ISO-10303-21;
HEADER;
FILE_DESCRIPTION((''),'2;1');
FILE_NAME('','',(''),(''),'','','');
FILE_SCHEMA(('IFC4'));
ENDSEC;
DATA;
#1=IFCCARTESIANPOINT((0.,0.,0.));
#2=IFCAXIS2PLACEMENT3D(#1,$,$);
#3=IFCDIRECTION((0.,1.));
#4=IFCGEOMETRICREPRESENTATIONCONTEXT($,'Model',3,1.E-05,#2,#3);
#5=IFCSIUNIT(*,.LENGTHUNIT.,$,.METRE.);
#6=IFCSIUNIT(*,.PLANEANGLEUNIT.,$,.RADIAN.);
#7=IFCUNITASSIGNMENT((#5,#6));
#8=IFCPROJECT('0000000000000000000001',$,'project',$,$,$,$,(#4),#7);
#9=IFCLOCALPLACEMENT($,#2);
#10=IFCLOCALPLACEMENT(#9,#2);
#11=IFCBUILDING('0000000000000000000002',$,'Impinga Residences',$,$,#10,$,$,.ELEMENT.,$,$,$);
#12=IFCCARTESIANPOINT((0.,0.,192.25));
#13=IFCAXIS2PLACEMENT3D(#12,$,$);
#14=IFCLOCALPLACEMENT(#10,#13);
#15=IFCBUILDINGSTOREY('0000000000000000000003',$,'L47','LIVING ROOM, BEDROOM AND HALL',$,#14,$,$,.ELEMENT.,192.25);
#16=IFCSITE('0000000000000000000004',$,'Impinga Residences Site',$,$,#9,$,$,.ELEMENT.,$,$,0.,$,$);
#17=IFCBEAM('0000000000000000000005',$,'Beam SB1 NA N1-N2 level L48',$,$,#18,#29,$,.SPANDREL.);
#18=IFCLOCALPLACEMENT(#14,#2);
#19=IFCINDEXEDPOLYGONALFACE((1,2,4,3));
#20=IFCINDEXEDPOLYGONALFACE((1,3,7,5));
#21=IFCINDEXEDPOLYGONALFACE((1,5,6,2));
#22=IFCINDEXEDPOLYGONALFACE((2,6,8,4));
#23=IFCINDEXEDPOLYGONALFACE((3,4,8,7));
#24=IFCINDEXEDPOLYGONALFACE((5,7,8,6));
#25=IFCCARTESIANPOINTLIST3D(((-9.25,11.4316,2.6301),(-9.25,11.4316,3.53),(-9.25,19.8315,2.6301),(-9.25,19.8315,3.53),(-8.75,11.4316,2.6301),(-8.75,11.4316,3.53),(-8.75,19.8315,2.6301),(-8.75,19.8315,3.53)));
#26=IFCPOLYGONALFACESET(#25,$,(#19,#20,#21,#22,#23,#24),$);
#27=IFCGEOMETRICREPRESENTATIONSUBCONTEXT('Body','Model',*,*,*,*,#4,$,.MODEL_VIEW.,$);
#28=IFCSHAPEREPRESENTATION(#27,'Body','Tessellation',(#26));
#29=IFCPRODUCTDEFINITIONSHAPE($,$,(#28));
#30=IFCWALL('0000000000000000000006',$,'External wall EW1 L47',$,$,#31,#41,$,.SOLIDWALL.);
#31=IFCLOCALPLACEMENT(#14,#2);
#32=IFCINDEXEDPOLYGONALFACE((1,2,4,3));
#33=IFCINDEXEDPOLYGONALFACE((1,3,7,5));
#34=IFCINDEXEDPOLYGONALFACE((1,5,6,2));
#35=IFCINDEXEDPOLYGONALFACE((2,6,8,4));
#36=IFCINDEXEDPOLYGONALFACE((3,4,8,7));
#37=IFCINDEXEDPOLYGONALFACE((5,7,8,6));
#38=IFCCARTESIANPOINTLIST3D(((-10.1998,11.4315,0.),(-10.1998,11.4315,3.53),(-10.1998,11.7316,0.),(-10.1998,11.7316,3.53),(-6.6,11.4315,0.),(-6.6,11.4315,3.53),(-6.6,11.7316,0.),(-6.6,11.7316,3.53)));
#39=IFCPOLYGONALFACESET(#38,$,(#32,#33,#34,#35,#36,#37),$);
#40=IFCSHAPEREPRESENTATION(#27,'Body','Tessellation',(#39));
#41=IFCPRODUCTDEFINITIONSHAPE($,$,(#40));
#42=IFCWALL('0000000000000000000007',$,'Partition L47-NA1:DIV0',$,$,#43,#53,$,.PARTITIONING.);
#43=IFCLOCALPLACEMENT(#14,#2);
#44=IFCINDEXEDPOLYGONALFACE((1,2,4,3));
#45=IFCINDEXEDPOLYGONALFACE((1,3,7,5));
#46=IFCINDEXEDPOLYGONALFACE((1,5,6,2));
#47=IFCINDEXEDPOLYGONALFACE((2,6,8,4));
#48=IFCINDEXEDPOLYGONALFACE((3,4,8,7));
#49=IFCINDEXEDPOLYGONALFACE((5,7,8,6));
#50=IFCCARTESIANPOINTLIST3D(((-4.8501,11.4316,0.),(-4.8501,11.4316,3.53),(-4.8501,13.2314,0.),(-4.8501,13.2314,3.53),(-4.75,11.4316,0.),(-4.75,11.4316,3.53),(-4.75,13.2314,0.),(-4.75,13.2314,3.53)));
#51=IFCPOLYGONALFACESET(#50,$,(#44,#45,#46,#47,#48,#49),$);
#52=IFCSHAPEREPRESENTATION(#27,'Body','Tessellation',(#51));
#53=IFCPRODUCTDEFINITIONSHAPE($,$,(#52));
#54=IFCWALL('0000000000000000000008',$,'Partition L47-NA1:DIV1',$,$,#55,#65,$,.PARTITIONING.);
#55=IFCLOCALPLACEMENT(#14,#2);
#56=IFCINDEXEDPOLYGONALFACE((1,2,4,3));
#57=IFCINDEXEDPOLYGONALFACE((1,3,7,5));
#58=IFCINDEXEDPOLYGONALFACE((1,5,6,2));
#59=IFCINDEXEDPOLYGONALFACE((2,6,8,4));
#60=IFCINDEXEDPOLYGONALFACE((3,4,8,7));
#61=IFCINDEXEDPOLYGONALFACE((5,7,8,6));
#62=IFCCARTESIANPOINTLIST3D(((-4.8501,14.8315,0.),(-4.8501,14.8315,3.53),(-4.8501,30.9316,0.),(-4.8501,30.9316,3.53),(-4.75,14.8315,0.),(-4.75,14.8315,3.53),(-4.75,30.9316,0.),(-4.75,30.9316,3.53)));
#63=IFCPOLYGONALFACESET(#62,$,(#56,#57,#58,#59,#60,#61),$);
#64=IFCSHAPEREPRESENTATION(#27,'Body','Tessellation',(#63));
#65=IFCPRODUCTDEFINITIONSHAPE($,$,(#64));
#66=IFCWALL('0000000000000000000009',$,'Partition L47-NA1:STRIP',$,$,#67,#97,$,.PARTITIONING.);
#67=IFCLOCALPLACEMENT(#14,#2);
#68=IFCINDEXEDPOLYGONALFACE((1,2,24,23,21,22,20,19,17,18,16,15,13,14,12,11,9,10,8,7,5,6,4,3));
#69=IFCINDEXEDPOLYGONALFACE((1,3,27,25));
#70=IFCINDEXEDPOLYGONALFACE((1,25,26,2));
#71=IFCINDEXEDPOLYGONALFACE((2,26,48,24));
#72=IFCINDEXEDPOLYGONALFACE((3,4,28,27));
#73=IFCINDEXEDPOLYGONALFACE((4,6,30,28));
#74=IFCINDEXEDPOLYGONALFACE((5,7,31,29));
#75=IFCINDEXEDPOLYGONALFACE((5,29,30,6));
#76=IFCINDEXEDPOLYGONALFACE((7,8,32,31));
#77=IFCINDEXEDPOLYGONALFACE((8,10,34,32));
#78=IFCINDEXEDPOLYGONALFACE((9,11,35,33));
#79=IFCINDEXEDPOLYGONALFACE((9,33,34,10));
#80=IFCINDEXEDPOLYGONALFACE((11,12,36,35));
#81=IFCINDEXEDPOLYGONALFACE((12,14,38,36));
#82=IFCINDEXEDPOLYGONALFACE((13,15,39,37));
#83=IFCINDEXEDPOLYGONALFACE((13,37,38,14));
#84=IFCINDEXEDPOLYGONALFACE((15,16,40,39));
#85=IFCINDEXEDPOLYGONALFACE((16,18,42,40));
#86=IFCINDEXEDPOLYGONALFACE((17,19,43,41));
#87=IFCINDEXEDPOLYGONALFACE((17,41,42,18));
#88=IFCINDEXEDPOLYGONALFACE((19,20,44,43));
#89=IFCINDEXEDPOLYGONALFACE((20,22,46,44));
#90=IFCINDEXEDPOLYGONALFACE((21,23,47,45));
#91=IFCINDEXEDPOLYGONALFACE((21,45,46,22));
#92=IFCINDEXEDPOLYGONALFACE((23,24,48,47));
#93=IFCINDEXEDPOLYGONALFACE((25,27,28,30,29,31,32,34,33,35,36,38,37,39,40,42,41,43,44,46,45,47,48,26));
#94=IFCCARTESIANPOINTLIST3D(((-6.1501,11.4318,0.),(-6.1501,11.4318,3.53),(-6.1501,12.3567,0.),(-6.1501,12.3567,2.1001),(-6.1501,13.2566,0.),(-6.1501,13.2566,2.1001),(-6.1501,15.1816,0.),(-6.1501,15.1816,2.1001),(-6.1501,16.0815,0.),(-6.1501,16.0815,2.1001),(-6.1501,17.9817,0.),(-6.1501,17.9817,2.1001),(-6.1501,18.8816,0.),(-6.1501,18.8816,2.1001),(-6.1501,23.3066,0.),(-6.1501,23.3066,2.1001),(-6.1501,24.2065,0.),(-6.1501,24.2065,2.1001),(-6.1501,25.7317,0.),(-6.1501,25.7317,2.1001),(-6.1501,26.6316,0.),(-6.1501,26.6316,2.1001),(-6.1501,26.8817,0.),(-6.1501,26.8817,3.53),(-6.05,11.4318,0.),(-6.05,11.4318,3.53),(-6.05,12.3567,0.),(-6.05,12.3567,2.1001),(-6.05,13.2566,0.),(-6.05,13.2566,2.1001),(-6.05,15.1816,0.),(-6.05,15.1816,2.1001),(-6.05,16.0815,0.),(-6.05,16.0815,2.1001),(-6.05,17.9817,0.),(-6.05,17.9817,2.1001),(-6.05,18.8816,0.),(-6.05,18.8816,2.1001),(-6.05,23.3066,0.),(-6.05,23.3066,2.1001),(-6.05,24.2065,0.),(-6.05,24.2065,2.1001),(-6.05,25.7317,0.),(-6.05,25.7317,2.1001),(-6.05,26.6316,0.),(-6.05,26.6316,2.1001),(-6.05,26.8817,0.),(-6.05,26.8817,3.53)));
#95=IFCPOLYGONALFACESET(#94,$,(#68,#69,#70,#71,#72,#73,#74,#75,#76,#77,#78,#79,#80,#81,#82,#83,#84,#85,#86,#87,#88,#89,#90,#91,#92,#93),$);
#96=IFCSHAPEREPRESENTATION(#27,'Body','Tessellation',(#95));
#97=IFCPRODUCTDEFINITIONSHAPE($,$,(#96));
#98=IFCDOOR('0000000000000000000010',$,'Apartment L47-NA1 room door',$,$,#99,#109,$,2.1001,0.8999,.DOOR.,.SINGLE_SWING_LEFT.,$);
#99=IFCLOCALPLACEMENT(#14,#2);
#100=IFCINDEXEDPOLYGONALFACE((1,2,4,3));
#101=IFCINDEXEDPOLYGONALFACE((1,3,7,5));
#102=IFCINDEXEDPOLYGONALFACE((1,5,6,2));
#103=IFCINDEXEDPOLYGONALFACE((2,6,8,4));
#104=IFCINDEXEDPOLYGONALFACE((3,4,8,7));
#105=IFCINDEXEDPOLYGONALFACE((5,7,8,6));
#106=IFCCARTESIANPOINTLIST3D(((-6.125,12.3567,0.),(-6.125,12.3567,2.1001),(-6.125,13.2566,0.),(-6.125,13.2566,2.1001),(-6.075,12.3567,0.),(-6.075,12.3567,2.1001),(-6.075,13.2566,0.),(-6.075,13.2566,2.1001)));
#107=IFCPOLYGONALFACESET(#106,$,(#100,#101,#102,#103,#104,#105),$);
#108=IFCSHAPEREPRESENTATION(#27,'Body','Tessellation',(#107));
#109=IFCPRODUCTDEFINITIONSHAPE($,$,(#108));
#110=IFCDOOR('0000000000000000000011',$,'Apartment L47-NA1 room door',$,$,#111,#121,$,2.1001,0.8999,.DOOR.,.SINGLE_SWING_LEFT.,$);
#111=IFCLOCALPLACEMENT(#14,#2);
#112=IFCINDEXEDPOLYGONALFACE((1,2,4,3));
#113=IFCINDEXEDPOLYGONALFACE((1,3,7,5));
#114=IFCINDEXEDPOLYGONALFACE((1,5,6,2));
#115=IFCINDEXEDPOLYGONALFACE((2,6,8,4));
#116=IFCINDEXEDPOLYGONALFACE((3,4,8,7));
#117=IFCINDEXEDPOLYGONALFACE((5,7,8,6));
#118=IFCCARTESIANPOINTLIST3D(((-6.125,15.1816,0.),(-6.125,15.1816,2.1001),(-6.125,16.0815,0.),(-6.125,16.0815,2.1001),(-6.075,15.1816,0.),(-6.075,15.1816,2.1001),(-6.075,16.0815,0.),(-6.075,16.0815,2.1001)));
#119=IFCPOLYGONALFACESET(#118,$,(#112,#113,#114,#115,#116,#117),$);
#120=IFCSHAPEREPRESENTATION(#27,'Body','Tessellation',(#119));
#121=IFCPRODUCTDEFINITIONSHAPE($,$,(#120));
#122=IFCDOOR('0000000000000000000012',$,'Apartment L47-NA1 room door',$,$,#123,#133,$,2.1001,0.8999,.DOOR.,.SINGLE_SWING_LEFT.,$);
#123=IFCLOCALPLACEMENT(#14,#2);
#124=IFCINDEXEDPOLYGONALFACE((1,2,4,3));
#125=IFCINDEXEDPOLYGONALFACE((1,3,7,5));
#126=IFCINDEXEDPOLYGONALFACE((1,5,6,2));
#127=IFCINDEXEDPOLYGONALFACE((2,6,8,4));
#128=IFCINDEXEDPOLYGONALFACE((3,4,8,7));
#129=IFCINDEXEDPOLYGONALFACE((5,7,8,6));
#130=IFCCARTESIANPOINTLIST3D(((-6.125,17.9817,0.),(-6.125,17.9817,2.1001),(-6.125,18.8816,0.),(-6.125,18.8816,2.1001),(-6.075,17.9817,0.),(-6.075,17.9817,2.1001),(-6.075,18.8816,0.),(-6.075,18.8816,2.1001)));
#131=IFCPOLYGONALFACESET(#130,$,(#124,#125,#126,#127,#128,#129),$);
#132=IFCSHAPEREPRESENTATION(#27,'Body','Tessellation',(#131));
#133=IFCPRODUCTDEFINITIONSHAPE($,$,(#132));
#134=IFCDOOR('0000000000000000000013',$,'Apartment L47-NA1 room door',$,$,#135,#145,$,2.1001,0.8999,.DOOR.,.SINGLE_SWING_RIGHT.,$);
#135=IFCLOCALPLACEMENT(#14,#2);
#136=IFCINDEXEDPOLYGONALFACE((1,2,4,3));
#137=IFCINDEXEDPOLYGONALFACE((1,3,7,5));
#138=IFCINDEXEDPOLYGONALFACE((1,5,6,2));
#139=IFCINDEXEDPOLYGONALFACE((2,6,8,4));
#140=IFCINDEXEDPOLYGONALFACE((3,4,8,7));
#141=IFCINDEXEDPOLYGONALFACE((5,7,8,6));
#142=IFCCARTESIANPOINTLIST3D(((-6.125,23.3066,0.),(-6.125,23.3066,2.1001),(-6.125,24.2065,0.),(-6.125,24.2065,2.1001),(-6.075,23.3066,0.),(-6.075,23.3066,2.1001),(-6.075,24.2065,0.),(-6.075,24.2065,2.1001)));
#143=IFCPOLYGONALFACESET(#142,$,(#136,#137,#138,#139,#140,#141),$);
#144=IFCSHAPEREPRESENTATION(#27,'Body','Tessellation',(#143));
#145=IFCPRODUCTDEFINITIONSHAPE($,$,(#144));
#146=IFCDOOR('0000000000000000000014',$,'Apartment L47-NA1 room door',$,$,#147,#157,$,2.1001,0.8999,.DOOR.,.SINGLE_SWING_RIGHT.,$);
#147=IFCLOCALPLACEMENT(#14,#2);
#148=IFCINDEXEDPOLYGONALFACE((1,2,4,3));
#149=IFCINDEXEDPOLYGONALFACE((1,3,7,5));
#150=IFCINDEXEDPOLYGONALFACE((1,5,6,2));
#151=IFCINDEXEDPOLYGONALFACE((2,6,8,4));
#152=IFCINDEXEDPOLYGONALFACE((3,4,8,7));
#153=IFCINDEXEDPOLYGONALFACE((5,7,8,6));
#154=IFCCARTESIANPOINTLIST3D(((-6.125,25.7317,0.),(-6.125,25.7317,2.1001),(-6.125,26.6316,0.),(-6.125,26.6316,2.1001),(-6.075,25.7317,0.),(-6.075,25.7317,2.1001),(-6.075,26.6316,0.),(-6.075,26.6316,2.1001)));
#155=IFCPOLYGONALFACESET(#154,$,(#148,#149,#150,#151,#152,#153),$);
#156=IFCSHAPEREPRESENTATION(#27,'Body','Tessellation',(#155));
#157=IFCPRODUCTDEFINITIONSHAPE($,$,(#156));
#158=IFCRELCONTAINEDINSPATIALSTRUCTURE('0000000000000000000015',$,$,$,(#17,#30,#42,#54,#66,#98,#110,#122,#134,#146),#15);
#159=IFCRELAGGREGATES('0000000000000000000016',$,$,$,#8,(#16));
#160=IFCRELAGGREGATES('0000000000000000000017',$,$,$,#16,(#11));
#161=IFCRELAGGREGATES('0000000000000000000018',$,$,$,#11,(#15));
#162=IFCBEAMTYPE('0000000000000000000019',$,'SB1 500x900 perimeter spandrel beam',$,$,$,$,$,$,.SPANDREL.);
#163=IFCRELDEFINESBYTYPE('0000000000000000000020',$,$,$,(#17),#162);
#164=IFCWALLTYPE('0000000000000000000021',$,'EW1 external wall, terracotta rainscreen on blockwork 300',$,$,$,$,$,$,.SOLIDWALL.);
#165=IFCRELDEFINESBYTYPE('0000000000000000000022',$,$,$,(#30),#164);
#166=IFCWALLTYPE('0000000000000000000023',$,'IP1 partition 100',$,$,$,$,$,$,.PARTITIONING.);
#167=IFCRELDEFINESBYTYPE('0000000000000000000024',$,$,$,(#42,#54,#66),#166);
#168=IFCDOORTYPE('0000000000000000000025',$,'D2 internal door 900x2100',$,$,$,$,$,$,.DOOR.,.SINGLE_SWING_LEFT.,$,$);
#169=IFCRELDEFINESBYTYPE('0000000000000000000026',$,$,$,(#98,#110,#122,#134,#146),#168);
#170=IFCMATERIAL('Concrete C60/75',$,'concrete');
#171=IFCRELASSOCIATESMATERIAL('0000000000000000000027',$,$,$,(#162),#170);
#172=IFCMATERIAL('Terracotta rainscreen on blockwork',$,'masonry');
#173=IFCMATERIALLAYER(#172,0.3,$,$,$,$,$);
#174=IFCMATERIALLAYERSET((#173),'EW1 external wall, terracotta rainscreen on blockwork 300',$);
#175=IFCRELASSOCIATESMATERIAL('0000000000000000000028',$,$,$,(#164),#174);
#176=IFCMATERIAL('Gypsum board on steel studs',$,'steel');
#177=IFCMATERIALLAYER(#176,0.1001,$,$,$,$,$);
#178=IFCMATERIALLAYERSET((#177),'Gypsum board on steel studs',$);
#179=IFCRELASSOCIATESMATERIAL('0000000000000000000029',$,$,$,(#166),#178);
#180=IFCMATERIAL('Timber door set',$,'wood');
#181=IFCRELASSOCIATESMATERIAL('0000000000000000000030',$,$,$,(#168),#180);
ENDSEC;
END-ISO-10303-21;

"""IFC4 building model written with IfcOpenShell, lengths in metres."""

from ifc_helpers import new_model, si_unit, direction, frame, frame_2d, origin, origin_2d, place, context, subcontext, project, spatial, rectangle, extrude, material, layer, layer_set, material_profile, profile_set, type_object, element, fill, save


model = new_model("IFC4")

# Units and contexts
model_context = context("Model", 3, precision=1e-05, world=origin(), true_north=direction((0.0, 1.0)))
body_context = subcontext(model_context, "Body", "Model", "MODEL_VIEW")
ifc_project = project(units=[si_unit("LENGTHUNIT", "METRE"), si_unit("PLANEANGLEUNIT", "RADIAN")], contexts=[model_context])

# Site, building, storey
site_placement = place(None, origin())
site = spatial("IfcSite", under=ifc_project, at=site_placement, Name="Impinga Residences Site", CompositionType="ELEMENT", RefElevation=0.0)
building_placement = place(site_placement, origin())
building = spatial("IfcBuilding", under=site, at=building_placement, Name="Impinga Residences", CompositionType="ELEMENT")
storey_placement = place(building_placement, frame((0.0, 0.0, 192.25)))
storey = spatial("IfcBuildingStorey", under=building, at=storey_placement, Name="L47", Description="LIVING ROOM, BEDROOM AND HALL", CompositionType="ELEMENT", Elevation=192.25)

# Beam
ifc_material_1 = material(Name="Concrete C60/75", Category="concrete")
ifc_material_profile = material_profile(ifc_material_1, rectangle(XDim=0.5, YDim=0.8999, at=origin_2d()), Name="RC 500x900")
ifc_profile_set = profile_set([ifc_material_profile], Name="Concrete C60/75")
beam_type = type_object("IfcBeamType", Name="SB1 500x900 perimeter spandrel beam", PredefinedType="SPANDREL", material=ifc_profile_set)
beam_placement = place(storey_placement, frame((-9.0, 11.4316, 3.0801), z_axis=(0.0, 1.0, 0.0), x_axis=(-1.0, 0.0, 0.0)))
element("IfcBeam", 1, at=beam_placement, inside=storey, type_object=beam_type, Name="Beam SB1 NA N1-N2 level L48", PredefinedType="SPANDREL", context=body_context, shape_type="SweptSolid", body=[
    extrude(rectangle(XDim=0.5, YDim=0.8999, at=origin_2d()), origin(), (0.0, 0.0, 1.0), 8.3999),
])

# Walls
ifc_material_2 = material(Name="Terracotta rainscreen on blockwork", Category="masonry")
ifc_layer_1 = layer(ifc_material_2, 0.3)
ifc_layer_set_1 = layer_set([ifc_layer_1], Name="EW1 external wall, terracotta rainscreen on blockwork 300")
wall_type_1 = type_object("IfcWallType", Name="EW1 external wall, terracotta rainscreen on blockwork 300", PredefinedType="SOLIDWALL", material=ifc_layer_set_1)
wall_1_placement = place(storey_placement, frame((-6.6001, 11.5815, 0.0), z_axis=(0.0, 0.0, 1.0), x_axis=(-1.0, 0.0, 0.0)))
element("IfcWall", 2, at=wall_1_placement, inside=storey, type_object=wall_type_1, Name="External wall EW1 L47", PredefinedType="SOLIDWALL", context=body_context, shape_type="SweptSolid", body=[
    extrude(rectangle(XDim=3.5999, YDim=0.3, at=frame_2d((1.7998, 0.0))), origin(), (0.0, 0.0, 1.0), 3.53),
])
ifc_material_3 = material(Name="Gypsum board on steel studs", Category="steel")
ifc_layer_2 = layer(ifc_material_3, 0.1001)
ifc_layer_set_2 = layer_set([ifc_layer_2], Name="Gypsum board on steel studs")
wall_type_2 = type_object("IfcWallType", Name="IP1 partition 100", PredefinedType="PARTITIONING", material=ifc_layer_set_2)
wall_2_placement = place(storey_placement, frame((-4.8, 11.4316, 0.0), z_axis=(0.0, 0.0, 1.0), x_axis=(0.0, 1.0, 0.0)))
element("IfcWall", 3, at=wall_2_placement, inside=storey, type_object=wall_type_2, Name="Partition L47-NA1:DIV0", PredefinedType="PARTITIONING", context=body_context, shape_type="SweptSolid", body=[
    extrude(rectangle(XDim=1.7998, YDim=0.1001, at=frame_2d((0.8999, 0.0))), origin(), (0.0, 0.0, 1.0), 3.53),
])
wall_3_placement = place(storey_placement, frame((-4.8, 14.8315, 0.0), z_axis=(0.0, 0.0, 1.0), x_axis=(0.0, 1.0, 0.0)))
element("IfcWall", 4, at=wall_3_placement, inside=storey, type_object=wall_type_2, Name="Partition L47-NA1:DIV1", PredefinedType="PARTITIONING", context=body_context, shape_type="SweptSolid", body=[
    extrude(rectangle(XDim=16.1001, YDim=0.1001, at=frame_2d((8.05, 0.0))), origin(), (0.0, 0.0, 1.0), 3.53),
])

# Wall, openings, doors
wall_4_placement = place(storey_placement, frame((-6.1001, 11.4316, 0.0), z_axis=(0.0, 0.0, 1.0), x_axis=(0.0, 1.0, 0.0)))
wall_4 = element("IfcWall", 5, at=wall_4_placement, inside=storey, type_object=wall_type_2, Name="Partition L47-NA1:STRIP", PredefinedType="PARTITIONING", context=body_context, shape_type="SweptSolid", body=[
    extrude(rectangle(XDim=15.45, YDim=0.1001, at=frame_2d((7.7251, 0.0))), origin(), (0.0, 0.0, 1.0), 3.53),
])
opening_1_placement = place(wall_4_placement, frame((0.925, 0.0, 0.0)))
opening_1 = element("IfcOpeningElement", 6, at=opening_1_placement, cuts=wall_4, PredefinedType="OPENING", context=body_context, shape_type="SweptSolid", body=[
    extrude(rectangle(XDim=0.8999, YDim=2.1001, at=frame_2d((0.45, 1.05))), frame((0.0, 0.0601, 0.0), z_axis=(0.0, -1.0, 0.0), x_axis=(1.0, 0.0, 0.0)), (0.0, 0.0, 1.0), 0.1201),
])
opening_2_placement = place(wall_4_placement, frame((3.75, 0.0, 0.0)))
opening_2 = element("IfcOpeningElement", 7, at=opening_2_placement, cuts=wall_4, PredefinedType="OPENING", context=body_context, shape_type="SweptSolid", body=[
    extrude(rectangle(XDim=0.8999, YDim=2.1001, at=frame_2d((0.45, 1.05))), frame((0.0, 0.0601, 0.0), z_axis=(0.0, -1.0, 0.0), x_axis=(1.0, 0.0, 0.0)), (0.0, 0.0, 1.0), 0.1201),
])
opening_3_placement = place(wall_4_placement, frame((6.55, 0.0, 0.0)))
opening_3 = element("IfcOpeningElement", 8, at=opening_3_placement, cuts=wall_4, PredefinedType="OPENING", context=body_context, shape_type="SweptSolid", body=[
    extrude(rectangle(XDim=0.8999, YDim=2.1001, at=frame_2d((0.45, 1.05))), frame((0.0, 0.0601, 0.0), z_axis=(0.0, -1.0, 0.0), x_axis=(1.0, 0.0, 0.0)), (0.0, 0.0, 1.0), 0.1201),
])
opening_4_placement = place(wall_4_placement, frame((11.875, 0.0, 0.0)))
opening_4 = element("IfcOpeningElement", 9, at=opening_4_placement, cuts=wall_4, PredefinedType="OPENING", context=body_context, shape_type="SweptSolid", body=[
    extrude(rectangle(XDim=0.8999, YDim=2.1001, at=frame_2d((0.45, 1.05))), frame((0.0, 0.0601, 0.0), z_axis=(0.0, -1.0, 0.0), x_axis=(1.0, 0.0, 0.0)), (0.0, 0.0, 1.0), 0.1201),
])
opening_5_placement = place(wall_4_placement, frame((14.3, 0.0, 0.0)))
opening_5 = element("IfcOpeningElement", 10, at=opening_5_placement, cuts=wall_4, PredefinedType="OPENING", context=body_context, shape_type="SweptSolid", body=[
    extrude(rectangle(XDim=0.8999, YDim=2.1001, at=frame_2d((0.45, 1.05))), frame((0.0, 0.0601, 0.0), z_axis=(0.0, -1.0, 0.0), x_axis=(1.0, 0.0, 0.0)), (0.0, 0.0, 1.0), 0.1201),
])
ifc_material_4 = material(Name="Timber door set", Category="wood")
door_type = type_object("IfcDoorType", Name="D2 internal door 900x2100", OperationType="SINGLE_SWING_LEFT", PredefinedType="DOOR", material=ifc_material_4)
door_1_placement = place(opening_1_placement, origin())
door_1 = element("IfcDoor", 11, at=door_1_placement, inside=storey, type_object=door_type, Name="Apartment L47-NA1 room door", OperationType="SINGLE_SWING_LEFT", OverallHeight=2.1001, OverallWidth=0.8999, PredefinedType="DOOR", context=body_context, shape_type="SweptSolid", body=[
    extrude(rectangle(XDim=0.8999, YDim=2.1001, at=frame_2d((0.45, 1.05))), frame((0.0, 0.0249, 0.0), z_axis=(0.0, -1.0, 0.0), x_axis=(1.0, 0.0, 0.0)), (0.0, 0.0, 1.0), 0.05),
])
fill(opening_1, door_1)
door_2_placement = place(opening_2_placement, origin())
door_2 = element("IfcDoor", 12, at=door_2_placement, inside=storey, type_object=door_type, Name="Apartment L47-NA1 room door", OperationType="SINGLE_SWING_LEFT", OverallHeight=2.1001, OverallWidth=0.8999, PredefinedType="DOOR", context=body_context, shape_type="SweptSolid", body=[
    extrude(rectangle(XDim=0.8999, YDim=2.1001, at=frame_2d((0.45, 1.05))), frame((0.0, 0.0249, 0.0), z_axis=(0.0, -1.0, 0.0), x_axis=(1.0, 0.0, 0.0)), (0.0, 0.0, 1.0), 0.05),
])
fill(opening_2, door_2)
door_3_placement = place(opening_3_placement, origin())
door_3 = element("IfcDoor", 13, at=door_3_placement, inside=storey, type_object=door_type, Name="Apartment L47-NA1 room door", OperationType="SINGLE_SWING_LEFT", OverallHeight=2.1001, OverallWidth=0.8999, PredefinedType="DOOR", context=body_context, shape_type="SweptSolid", body=[
    extrude(rectangle(XDim=0.8999, YDim=2.1001, at=frame_2d((0.45, 1.05))), frame((0.0, 0.0249, 0.0), z_axis=(0.0, -1.0, 0.0), x_axis=(1.0, 0.0, 0.0)), (0.0, 0.0, 1.0), 0.05),
])
fill(opening_3, door_3)
door_4_placement = place(opening_4_placement, origin())
door_4 = element("IfcDoor", 14, at=door_4_placement, inside=storey, type_object=door_type, Name="Apartment L47-NA1 room door", OperationType="SINGLE_SWING_RIGHT", OverallHeight=2.1001, OverallWidth=0.8999, PredefinedType="DOOR", context=body_context, shape_type="SweptSolid", body=[
    extrude(rectangle(XDim=0.8999, YDim=2.1001, at=frame_2d((0.45, 1.05))), frame((0.0, 0.0249, 0.0), z_axis=(0.0, -1.0, 0.0), x_axis=(1.0, 0.0, 0.0)), (0.0, 0.0, 1.0), 0.05),
])
fill(opening_4, door_4)
door_5_placement = place(opening_5_placement, origin())
door_5 = element("IfcDoor", 15, at=door_5_placement, inside=storey, type_object=door_type, Name="Apartment L47-NA1 room door", OperationType="SINGLE_SWING_RIGHT", OverallHeight=2.1001, OverallWidth=0.8999, PredefinedType="DOOR", context=body_context, shape_type="SweptSolid", body=[
    extrude(rectangle(XDim=0.8999, YDim=2.1001, at=frame_2d((0.45, 1.05))), frame((0.0, 0.0249, 0.0), z_axis=(0.0, -1.0, 0.0), x_axis=(1.0, 0.0, 0.0)), (0.0, 0.0, 1.0), 0.05),
])
fill(opening_5, door_5)

save(model, "model.ifc")
